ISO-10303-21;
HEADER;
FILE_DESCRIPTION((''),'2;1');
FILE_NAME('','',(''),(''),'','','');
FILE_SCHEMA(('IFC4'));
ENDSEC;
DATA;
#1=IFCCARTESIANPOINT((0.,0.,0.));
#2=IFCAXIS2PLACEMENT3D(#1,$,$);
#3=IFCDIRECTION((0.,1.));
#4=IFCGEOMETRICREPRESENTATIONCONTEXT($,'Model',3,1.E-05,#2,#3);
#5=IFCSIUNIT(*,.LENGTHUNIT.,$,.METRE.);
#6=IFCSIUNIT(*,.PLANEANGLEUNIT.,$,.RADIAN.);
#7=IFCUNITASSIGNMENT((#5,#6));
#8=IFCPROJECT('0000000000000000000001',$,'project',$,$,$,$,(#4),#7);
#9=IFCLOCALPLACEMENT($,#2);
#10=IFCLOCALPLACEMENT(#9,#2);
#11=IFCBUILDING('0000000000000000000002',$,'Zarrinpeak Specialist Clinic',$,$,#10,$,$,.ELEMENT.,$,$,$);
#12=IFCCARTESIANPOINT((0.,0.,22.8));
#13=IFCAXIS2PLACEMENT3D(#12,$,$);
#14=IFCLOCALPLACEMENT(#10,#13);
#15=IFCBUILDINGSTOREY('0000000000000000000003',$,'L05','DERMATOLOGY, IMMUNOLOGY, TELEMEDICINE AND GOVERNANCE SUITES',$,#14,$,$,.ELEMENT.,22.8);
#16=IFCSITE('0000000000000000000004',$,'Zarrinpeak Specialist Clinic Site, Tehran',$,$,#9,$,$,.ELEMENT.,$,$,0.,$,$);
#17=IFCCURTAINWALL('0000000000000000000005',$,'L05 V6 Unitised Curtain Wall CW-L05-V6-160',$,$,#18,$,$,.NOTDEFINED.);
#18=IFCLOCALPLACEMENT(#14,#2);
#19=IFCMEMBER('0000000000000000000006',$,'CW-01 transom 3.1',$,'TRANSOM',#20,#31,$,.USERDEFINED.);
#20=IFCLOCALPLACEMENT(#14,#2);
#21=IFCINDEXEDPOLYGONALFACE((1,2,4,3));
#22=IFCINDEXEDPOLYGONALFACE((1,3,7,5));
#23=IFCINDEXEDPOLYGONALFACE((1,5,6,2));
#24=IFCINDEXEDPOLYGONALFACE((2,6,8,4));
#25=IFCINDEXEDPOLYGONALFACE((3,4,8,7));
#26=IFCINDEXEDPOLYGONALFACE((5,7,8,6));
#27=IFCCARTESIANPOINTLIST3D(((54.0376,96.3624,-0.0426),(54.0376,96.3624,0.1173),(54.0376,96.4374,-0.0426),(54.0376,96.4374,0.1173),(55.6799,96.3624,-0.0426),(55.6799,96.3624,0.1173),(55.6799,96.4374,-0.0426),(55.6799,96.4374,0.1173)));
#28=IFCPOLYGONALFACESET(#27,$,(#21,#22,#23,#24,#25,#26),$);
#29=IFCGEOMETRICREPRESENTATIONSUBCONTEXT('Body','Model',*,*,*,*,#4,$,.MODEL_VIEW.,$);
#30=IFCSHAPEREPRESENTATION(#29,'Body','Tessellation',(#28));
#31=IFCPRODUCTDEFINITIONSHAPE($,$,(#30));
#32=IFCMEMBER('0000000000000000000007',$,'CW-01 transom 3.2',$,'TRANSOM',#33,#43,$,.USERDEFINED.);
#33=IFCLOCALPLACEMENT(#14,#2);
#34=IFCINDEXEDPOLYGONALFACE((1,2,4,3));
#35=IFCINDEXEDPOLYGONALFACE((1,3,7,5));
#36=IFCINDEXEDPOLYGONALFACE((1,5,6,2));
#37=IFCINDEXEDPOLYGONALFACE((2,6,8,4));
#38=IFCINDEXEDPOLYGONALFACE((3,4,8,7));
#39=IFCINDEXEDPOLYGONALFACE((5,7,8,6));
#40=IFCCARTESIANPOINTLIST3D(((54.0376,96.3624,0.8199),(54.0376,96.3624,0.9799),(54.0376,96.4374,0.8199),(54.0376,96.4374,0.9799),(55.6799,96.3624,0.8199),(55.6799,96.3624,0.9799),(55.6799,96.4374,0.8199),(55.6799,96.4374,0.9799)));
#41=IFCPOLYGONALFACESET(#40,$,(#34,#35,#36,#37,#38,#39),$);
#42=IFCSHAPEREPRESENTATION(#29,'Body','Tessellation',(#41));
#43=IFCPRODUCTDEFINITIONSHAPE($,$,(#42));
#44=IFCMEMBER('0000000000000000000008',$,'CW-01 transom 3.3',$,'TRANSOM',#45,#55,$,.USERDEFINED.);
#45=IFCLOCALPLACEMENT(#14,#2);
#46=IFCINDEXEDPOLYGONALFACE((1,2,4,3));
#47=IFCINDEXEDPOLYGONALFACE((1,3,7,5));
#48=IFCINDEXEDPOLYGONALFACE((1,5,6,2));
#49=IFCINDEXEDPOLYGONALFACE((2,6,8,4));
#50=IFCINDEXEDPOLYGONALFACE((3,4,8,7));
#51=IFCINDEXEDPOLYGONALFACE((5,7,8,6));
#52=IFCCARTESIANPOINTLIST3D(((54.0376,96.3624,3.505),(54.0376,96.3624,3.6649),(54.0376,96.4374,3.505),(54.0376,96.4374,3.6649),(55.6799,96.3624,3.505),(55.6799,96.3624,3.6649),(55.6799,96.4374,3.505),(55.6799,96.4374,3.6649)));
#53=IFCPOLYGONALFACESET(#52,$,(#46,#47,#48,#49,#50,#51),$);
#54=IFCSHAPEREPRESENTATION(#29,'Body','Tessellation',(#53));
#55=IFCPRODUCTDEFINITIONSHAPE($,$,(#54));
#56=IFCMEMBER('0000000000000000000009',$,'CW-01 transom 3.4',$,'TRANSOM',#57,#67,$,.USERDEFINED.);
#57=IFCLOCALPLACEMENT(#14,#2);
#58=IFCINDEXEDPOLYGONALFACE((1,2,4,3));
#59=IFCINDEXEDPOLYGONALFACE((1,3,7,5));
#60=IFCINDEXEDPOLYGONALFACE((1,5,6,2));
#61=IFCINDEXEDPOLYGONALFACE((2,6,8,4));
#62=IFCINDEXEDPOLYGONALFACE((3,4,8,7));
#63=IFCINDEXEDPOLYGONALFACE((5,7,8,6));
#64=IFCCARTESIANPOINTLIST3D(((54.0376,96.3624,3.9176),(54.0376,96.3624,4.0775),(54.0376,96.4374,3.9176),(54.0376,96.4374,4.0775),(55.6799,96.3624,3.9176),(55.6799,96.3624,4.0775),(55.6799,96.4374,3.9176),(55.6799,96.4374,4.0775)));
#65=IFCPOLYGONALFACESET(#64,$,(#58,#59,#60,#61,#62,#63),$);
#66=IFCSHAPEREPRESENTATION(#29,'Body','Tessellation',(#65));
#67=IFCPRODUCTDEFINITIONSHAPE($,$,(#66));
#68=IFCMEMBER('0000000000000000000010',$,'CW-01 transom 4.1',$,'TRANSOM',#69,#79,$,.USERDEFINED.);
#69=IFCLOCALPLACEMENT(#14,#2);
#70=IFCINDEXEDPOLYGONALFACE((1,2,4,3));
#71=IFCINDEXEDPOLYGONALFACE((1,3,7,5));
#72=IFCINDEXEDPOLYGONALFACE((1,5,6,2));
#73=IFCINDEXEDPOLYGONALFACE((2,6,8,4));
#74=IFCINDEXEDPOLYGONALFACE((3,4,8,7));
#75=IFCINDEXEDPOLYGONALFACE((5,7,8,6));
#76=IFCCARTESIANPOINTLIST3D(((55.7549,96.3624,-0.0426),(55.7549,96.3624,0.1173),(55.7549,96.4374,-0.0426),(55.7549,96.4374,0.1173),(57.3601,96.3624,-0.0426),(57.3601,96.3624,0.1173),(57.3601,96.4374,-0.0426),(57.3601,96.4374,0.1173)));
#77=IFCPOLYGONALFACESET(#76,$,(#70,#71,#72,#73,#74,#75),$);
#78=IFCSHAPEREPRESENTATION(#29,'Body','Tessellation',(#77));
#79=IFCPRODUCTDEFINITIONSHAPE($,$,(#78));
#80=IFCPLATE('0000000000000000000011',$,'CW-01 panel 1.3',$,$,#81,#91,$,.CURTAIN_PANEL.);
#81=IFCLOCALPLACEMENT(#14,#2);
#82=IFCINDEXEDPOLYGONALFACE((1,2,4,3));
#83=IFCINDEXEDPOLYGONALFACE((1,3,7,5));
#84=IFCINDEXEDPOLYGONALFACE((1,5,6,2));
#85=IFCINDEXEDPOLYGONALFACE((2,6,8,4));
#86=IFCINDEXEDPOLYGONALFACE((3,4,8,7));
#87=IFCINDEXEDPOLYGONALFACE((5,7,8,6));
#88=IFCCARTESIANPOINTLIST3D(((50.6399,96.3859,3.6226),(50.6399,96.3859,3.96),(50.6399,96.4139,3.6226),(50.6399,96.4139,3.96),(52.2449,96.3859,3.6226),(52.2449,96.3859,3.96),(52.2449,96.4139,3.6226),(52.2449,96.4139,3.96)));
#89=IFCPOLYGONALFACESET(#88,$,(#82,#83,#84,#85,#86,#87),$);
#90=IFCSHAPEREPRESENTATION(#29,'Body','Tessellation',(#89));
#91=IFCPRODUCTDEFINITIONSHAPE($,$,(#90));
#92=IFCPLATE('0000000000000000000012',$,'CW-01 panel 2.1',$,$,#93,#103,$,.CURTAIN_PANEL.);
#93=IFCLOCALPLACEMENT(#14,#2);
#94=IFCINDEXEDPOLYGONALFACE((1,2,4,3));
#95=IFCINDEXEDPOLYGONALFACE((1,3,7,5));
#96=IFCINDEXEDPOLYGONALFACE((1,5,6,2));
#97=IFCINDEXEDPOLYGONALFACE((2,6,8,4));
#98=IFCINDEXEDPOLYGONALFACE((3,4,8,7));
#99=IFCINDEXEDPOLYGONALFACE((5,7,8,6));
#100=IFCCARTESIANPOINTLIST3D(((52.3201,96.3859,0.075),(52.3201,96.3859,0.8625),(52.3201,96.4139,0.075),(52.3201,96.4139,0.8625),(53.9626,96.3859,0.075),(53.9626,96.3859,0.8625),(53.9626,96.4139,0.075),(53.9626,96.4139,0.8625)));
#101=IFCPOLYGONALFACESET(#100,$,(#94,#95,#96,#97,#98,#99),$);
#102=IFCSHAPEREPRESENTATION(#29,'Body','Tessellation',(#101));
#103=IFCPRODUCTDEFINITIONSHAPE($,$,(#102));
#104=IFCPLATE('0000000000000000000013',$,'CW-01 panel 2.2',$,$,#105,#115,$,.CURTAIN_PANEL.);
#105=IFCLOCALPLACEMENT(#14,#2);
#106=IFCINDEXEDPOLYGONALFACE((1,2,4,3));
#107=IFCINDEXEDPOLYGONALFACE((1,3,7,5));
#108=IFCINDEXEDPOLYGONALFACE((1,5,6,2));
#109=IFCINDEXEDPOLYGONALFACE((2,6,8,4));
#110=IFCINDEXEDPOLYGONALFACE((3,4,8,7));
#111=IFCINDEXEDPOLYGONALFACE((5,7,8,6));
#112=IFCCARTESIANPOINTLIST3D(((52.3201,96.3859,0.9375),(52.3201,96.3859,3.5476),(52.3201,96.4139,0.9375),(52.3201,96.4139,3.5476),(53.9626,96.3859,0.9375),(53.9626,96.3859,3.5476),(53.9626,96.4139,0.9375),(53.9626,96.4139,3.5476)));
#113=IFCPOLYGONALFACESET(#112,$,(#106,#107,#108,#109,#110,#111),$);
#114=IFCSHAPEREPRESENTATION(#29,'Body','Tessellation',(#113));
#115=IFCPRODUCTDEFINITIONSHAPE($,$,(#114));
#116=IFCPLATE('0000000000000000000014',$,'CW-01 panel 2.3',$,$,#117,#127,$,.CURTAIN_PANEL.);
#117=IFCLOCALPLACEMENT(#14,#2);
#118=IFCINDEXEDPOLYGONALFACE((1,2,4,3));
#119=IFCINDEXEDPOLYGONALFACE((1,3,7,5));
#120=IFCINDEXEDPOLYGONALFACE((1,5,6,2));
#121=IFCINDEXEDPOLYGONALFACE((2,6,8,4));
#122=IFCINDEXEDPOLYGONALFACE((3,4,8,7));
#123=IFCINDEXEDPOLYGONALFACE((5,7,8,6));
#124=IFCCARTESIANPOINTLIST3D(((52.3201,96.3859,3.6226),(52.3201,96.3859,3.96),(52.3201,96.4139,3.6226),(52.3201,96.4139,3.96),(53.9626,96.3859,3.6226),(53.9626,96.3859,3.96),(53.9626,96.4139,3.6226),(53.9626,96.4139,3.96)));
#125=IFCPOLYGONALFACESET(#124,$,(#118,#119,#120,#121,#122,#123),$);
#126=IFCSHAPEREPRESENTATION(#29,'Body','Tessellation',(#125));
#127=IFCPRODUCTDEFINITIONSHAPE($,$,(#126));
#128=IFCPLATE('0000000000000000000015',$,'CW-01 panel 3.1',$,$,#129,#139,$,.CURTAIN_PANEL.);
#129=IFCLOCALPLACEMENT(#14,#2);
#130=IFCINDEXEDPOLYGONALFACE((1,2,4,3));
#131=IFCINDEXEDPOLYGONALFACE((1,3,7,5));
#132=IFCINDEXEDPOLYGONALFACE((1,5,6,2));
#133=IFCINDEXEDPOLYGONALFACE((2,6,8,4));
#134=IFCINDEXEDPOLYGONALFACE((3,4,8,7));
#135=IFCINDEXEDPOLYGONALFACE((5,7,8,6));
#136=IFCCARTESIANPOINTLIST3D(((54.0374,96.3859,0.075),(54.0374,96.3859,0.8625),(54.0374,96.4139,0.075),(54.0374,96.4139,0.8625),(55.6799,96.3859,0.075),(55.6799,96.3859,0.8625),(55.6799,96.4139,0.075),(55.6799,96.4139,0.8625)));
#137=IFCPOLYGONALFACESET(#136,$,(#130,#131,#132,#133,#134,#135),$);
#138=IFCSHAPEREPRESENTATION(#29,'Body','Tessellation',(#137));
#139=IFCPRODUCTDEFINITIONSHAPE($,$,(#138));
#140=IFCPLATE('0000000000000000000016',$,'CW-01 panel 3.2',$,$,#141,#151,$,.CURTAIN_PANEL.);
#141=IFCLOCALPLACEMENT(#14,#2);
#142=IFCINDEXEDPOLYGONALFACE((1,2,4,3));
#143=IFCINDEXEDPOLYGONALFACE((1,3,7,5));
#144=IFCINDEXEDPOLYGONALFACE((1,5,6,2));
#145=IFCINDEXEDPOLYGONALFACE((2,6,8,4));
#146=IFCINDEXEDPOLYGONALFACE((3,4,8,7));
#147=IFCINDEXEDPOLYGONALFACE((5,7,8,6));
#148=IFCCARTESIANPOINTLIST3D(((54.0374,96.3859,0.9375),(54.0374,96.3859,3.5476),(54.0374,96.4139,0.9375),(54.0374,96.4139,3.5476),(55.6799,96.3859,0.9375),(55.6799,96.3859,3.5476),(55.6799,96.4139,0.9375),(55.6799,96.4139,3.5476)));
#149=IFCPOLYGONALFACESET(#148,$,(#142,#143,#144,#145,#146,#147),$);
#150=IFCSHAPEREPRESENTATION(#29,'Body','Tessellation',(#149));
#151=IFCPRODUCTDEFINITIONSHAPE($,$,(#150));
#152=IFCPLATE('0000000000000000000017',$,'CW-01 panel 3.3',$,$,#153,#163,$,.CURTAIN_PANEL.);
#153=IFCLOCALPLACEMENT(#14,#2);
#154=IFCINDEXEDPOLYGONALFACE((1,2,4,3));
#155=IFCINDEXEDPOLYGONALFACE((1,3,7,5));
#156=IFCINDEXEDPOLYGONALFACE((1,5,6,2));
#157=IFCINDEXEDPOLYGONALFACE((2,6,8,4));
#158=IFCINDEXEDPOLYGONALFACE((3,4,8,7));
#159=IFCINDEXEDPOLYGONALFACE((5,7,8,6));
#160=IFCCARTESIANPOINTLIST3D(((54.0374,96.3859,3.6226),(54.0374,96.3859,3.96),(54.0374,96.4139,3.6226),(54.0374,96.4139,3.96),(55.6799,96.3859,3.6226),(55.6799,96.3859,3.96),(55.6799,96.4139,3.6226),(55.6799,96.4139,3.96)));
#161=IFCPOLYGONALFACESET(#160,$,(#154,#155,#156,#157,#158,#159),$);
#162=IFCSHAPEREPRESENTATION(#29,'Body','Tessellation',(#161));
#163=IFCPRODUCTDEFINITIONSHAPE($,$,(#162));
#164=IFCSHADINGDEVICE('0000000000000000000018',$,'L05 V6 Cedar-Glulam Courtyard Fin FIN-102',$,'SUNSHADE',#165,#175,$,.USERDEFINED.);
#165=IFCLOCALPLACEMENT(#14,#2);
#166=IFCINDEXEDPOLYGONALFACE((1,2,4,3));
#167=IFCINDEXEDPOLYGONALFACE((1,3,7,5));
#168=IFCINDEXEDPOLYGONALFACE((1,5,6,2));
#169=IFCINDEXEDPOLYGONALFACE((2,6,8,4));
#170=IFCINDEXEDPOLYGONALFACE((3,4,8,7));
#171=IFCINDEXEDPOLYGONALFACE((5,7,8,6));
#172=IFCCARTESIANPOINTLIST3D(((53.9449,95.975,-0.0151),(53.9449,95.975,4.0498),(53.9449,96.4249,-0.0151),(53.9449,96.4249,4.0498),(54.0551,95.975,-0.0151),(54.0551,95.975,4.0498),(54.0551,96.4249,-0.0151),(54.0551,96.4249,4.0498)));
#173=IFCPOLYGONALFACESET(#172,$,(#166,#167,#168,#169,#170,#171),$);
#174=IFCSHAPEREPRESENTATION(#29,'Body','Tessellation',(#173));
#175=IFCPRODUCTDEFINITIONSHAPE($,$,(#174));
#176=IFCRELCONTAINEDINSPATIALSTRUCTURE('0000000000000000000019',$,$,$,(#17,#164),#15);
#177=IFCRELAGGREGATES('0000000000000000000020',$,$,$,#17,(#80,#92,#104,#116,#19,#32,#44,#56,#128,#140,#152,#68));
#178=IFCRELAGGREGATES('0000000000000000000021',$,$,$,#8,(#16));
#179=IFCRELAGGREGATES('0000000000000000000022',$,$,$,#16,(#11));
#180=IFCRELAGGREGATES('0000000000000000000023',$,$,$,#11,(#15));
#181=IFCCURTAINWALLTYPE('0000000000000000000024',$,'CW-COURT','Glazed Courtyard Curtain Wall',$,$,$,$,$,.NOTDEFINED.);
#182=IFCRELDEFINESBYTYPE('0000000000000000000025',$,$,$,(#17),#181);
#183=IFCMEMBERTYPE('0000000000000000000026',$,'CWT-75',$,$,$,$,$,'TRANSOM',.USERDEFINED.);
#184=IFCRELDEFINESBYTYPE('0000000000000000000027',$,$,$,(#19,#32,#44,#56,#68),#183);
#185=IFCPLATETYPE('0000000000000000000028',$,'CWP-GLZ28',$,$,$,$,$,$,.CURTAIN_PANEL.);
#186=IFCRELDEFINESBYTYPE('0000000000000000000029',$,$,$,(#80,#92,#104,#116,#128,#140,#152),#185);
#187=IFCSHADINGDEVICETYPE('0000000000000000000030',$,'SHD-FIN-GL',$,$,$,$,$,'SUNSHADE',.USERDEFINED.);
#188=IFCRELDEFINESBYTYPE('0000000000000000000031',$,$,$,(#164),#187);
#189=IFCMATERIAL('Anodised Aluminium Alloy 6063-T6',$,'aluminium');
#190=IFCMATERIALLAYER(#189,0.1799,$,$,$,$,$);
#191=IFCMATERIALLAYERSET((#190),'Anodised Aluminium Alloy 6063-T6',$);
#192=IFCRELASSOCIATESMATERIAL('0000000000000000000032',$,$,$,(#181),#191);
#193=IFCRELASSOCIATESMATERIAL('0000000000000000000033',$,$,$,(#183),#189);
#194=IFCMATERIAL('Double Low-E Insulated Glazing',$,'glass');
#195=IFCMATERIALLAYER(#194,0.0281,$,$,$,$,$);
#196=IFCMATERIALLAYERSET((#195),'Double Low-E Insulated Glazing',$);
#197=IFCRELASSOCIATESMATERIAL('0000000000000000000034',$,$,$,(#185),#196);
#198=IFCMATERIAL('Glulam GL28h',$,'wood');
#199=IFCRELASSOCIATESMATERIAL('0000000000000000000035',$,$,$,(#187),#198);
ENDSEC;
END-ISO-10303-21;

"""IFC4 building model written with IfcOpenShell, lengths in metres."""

from ifc_helpers import new_model, si_unit, direction, frame, origin, origin_2d, place, context, subcontext, project, spatial, rectangle, extrude, material, layer, layer_set, material_profile, profile_set, type_object, element, aggregate, save


model = new_model("IFC4")

# Units and contexts
model_context = context("Model", 3, precision=1e-05, world=origin(), true_north=direction((0.0, 1.0)))
body_context = subcontext(model_context, "Body", "Model", "MODEL_VIEW")
ifc_project = project(units=[si_unit("LENGTHUNIT", "METRE"), si_unit("PLANEANGLEUNIT", "RADIAN")], contexts=[model_context])

# Site, building, storey
site_placement = place(None, origin())
site = spatial("IfcSite", under=ifc_project, at=site_placement, Name="Zarrinpeak Specialist Clinic Site, Tehran", CompositionType="ELEMENT", RefElevation=0.0)
building_placement = place(site_placement, origin())
building = spatial("IfcBuilding", under=site, at=building_placement, Name="Zarrinpeak Specialist Clinic", CompositionType="ELEMENT")
storey_placement = place(building_placement, frame((0.0, 0.0, 22.8)))
storey = spatial("IfcBuildingStorey", under=building, at=storey_placement, Name="L05", Description="DERMATOLOGY, IMMUNOLOGY, TELEMEDICINE AND GOVERNANCE SUITES", CompositionType="ELEMENT", Elevation=22.8)

# Curtain wall, members, plates
ifc_material_1 = material(Name="Anodised Aluminium Alloy 6063-T6", Category="aluminium")
ifc_layer_1 = layer(ifc_material_1, 0.1799)
ifc_layer_set_1 = layer_set([ifc_layer_1], Name="Anodised Aluminium Alloy 6063-T6")
curtain_wall_type = type_object("IfcCurtainWallType", Name="CW-COURT", Description="Glazed Courtyard Curtain Wall", PredefinedType="NOTDEFINED", material=ifc_layer_set_1)
curtain_wall_placement = place(storey_placement, origin())
curtain_wall = element("IfcCurtainWall", 1, at=curtain_wall_placement, inside=storey, type_object=curtain_wall_type, Name="L05 V6 Unitised Curtain Wall CW-L05-V6-160", PredefinedType="NOTDEFINED")
ifc_material_profile_1 = material_profile(ifc_material_1, rectangle(XDim=0.075, YDim=0.1599, at=origin_2d()), Name="ALU 75x160")
ifc_profile_set_1 = profile_set([ifc_material_profile_1], Name="Anodised Aluminium Alloy 6063-T6")
member_type_1 = type_object("IfcMemberType", Name="CWT-75", ElementType="TRANSOM", PredefinedType="USERDEFINED", material=ifc_profile_set_1)
member_1_placement = place(storey_placement, frame((54.0376, 96.3999, 0.0374), z_axis=(1.0, 0.0, 0.0), x_axis=(0.0, 1.0, 0.0)))
member_1 = element("IfcMember", 2, at=member_1_placement, type_object=member_type_1, Name="CW-01 transom 3.1", ObjectType="TRANSOM", PredefinedType="USERDEFINED", context=body_context, shape_type="SweptSolid", body=[
    extrude(rectangle(XDim=0.075, YDim=0.1599, at=origin_2d()), origin(), (0.0, 0.0, 1.0), 1.6423),
])
member_2_placement = place(storey_placement, frame((54.0376, 96.3999, 0.8999), z_axis=(1.0, 0.0, 0.0), x_axis=(0.0, 1.0, 0.0)))
member_2 = element("IfcMember", 3, at=member_2_placement, type_object=member_type_1, Name="CW-01 transom 3.2", ObjectType="TRANSOM", PredefinedType="USERDEFINED", context=body_context, shape_type="SweptSolid", body=[
    extrude(rectangle(XDim=0.075, YDim=0.1599, at=origin_2d()), origin(), (0.0, 0.0, 1.0), 1.6423),
])
member_3_placement = place(storey_placement, frame((54.0376, 96.3999, 3.585), z_axis=(1.0, 0.0, 0.0), x_axis=(0.0, 1.0, 0.0)))
member_3 = element("IfcMember", 4, at=member_3_placement, type_object=member_type_1, Name="CW-01 transom 3.3", ObjectType="TRANSOM", PredefinedType="USERDEFINED", context=body_context, shape_type="SweptSolid", body=[
    extrude(rectangle(XDim=0.075, YDim=0.1599, at=origin_2d()), origin(), (0.0, 0.0, 1.0), 1.6423),
])
member_4_placement = place(storey_placement, frame((54.0376, 96.3999, 3.9976), z_axis=(1.0, 0.0, 0.0), x_axis=(0.0, 1.0, 0.0)))
member_4 = element("IfcMember", 5, at=member_4_placement, type_object=member_type_1, Name="CW-01 transom 3.4", ObjectType="TRANSOM", PredefinedType="USERDEFINED", context=body_context, shape_type="SweptSolid", body=[
    extrude(rectangle(XDim=0.075, YDim=0.1599, at=origin_2d()), origin(), (0.0, 0.0, 1.0), 1.6423),
])
member_5_placement = place(storey_placement, frame((55.7549, 96.3999, 0.0374), z_axis=(1.0, 0.0, 0.0), x_axis=(0.0, 1.0, 0.0)))
member_5 = element("IfcMember", 6, at=member_5_placement, type_object=member_type_1, Name="CW-01 transom 4.1", ObjectType="TRANSOM", PredefinedType="USERDEFINED", context=body_context, shape_type="SweptSolid", body=[
    extrude(rectangle(XDim=0.075, YDim=0.1599, at=origin_2d()), origin(), (0.0, 0.0, 1.0), 1.6052),
])
ifc_material_2 = material(Name="Double Low-E Insulated Glazing", Category="glass")
ifc_layer_2 = layer(ifc_material_2, 0.0281)
ifc_layer_set_2 = layer_set([ifc_layer_2], Name="Double Low-E Insulated Glazing")
plate_type = type_object("IfcPlateType", Name="CWP-GLZ28", PredefinedType="CURTAIN_PANEL", material=ifc_layer_set_2)
plate_1_placement = place(storey_placement, frame((51.4424, 96.3999, 3.6226), z_axis=(0.0, 0.0, 1.0), x_axis=(1.0, 0.0, 0.0)))
plate_1 = element("IfcPlate", 7, at=plate_1_placement, type_object=plate_type, Name="CW-01 panel 1.3", PredefinedType="CURTAIN_PANEL", context=body_context, shape_type="SweptSolid", body=[
    extrude(rectangle(XDim=1.605, YDim=0.0281, at=origin_2d()), origin(), (0.0, 0.0, 1.0), 0.3374),
])
plate_2_placement = place(storey_placement, frame((53.1414, 96.3999, 0.075), z_axis=(0.0, 0.0, 1.0), x_axis=(1.0, 0.0, 0.0)))
plate_2 = element("IfcPlate", 8, at=plate_2_placement, type_object=plate_type, Name="CW-01 panel 2.1", PredefinedType="CURTAIN_PANEL", context=body_context, shape_type="SweptSolid", body=[
    extrude(rectangle(XDim=1.6426, YDim=0.0281, at=origin_2d()), origin(), (0.0, 0.0, 1.0), 0.7876),
])
plate_3_placement = place(storey_placement, frame((53.1414, 96.3999, 0.9375), z_axis=(0.0, 0.0, 1.0), x_axis=(1.0, 0.0, 0.0)))
plate_3 = element("IfcPlate", 9, at=plate_3_placement, type_object=plate_type, Name="CW-01 panel 2.2", PredefinedType="CURTAIN_PANEL", context=body_context, shape_type="SweptSolid", body=[
    extrude(rectangle(XDim=1.6426, YDim=0.0281, at=origin_2d()), origin(), (0.0, 0.0, 1.0), 2.6101),
])
plate_4_placement = place(storey_placement, frame((53.1414, 96.3999, 3.6226), z_axis=(0.0, 0.0, 1.0), x_axis=(1.0, 0.0, 0.0)))
plate_4 = element("IfcPlate", 10, at=plate_4_placement, type_object=plate_type, Name="CW-01 panel 2.3", PredefinedType="CURTAIN_PANEL", context=body_context, shape_type="SweptSolid", body=[
    extrude(rectangle(XDim=1.6426, YDim=0.0281, at=origin_2d()), origin(), (0.0, 0.0, 1.0), 0.3374),
])
plate_5_placement = place(storey_placement, frame((54.8586, 96.3999, 0.075), z_axis=(0.0, 0.0, 1.0), x_axis=(1.0, 0.0, 0.0)))
plate_5 = element("IfcPlate", 11, at=plate_5_placement, type_object=plate_type, Name="CW-01 panel 3.1", PredefinedType="CURTAIN_PANEL", context=body_context, shape_type="SweptSolid", body=[
    extrude(rectangle(XDim=1.6426, YDim=0.0281, at=origin_2d()), origin(), (0.0, 0.0, 1.0), 0.7876),
])
plate_6_placement = place(storey_placement, frame((54.8586, 96.3999, 0.9375), z_axis=(0.0, 0.0, 1.0), x_axis=(1.0, 0.0, 0.0)))
plate_6 = element("IfcPlate", 12, at=plate_6_placement, type_object=plate_type, Name="CW-01 panel 3.2", PredefinedType="CURTAIN_PANEL", context=body_context, shape_type="SweptSolid", body=[
    extrude(rectangle(XDim=1.6426, YDim=0.0281, at=origin_2d()), origin(), (0.0, 0.0, 1.0), 2.6101),
])
plate_7_placement = place(storey_placement, frame((54.8586, 96.3999, 3.6226), z_axis=(0.0, 0.0, 1.0), x_axis=(1.0, 0.0, 0.0)))
plate_7 = element("IfcPlate", 13, at=plate_7_placement, type_object=plate_type, Name="CW-01 panel 3.3", PredefinedType="CURTAIN_PANEL", context=body_context, shape_type="SweptSolid", body=[
    extrude(rectangle(XDim=1.6426, YDim=0.0281, at=origin_2d()), origin(), (0.0, 0.0, 1.0), 0.3374),
])
aggregate(curtain_wall, [plate_1, plate_2, plate_3, plate_4, member_1, member_2, member_3, member_4, plate_5, plate_6, plate_7, member_5])

# Shading device
ifc_material_3 = material(Name="Glulam GL28h", Category="wood")
shading_device_type = type_object("IfcShadingDeviceType", Name="SHD-FIN-GL", ElementType="SUNSHADE", PredefinedType="USERDEFINED", material=ifc_material_3)
shading_device_placement = place(storey_placement, frame((54.0, 96.2, -0.0151), z_axis=(0.0, 0.0, 1.0), x_axis=(1.0, 0.0, 0.0)))
element("IfcShadingDevice", 14, at=shading_device_placement, inside=storey, type_object=shading_device_type, Name="L05 V6 Cedar-Glulam Courtyard Fin FIN-102", ObjectType="SUNSHADE", PredefinedType="USERDEFINED", context=body_context, shape_type="SweptSolid", body=[
    extrude(rectangle(XDim=0.1101, YDim=0.45, at=origin_2d()), origin(), (0.0, 0.0, 1.0), 4.0649),
])

save(model, "model.ifc")
